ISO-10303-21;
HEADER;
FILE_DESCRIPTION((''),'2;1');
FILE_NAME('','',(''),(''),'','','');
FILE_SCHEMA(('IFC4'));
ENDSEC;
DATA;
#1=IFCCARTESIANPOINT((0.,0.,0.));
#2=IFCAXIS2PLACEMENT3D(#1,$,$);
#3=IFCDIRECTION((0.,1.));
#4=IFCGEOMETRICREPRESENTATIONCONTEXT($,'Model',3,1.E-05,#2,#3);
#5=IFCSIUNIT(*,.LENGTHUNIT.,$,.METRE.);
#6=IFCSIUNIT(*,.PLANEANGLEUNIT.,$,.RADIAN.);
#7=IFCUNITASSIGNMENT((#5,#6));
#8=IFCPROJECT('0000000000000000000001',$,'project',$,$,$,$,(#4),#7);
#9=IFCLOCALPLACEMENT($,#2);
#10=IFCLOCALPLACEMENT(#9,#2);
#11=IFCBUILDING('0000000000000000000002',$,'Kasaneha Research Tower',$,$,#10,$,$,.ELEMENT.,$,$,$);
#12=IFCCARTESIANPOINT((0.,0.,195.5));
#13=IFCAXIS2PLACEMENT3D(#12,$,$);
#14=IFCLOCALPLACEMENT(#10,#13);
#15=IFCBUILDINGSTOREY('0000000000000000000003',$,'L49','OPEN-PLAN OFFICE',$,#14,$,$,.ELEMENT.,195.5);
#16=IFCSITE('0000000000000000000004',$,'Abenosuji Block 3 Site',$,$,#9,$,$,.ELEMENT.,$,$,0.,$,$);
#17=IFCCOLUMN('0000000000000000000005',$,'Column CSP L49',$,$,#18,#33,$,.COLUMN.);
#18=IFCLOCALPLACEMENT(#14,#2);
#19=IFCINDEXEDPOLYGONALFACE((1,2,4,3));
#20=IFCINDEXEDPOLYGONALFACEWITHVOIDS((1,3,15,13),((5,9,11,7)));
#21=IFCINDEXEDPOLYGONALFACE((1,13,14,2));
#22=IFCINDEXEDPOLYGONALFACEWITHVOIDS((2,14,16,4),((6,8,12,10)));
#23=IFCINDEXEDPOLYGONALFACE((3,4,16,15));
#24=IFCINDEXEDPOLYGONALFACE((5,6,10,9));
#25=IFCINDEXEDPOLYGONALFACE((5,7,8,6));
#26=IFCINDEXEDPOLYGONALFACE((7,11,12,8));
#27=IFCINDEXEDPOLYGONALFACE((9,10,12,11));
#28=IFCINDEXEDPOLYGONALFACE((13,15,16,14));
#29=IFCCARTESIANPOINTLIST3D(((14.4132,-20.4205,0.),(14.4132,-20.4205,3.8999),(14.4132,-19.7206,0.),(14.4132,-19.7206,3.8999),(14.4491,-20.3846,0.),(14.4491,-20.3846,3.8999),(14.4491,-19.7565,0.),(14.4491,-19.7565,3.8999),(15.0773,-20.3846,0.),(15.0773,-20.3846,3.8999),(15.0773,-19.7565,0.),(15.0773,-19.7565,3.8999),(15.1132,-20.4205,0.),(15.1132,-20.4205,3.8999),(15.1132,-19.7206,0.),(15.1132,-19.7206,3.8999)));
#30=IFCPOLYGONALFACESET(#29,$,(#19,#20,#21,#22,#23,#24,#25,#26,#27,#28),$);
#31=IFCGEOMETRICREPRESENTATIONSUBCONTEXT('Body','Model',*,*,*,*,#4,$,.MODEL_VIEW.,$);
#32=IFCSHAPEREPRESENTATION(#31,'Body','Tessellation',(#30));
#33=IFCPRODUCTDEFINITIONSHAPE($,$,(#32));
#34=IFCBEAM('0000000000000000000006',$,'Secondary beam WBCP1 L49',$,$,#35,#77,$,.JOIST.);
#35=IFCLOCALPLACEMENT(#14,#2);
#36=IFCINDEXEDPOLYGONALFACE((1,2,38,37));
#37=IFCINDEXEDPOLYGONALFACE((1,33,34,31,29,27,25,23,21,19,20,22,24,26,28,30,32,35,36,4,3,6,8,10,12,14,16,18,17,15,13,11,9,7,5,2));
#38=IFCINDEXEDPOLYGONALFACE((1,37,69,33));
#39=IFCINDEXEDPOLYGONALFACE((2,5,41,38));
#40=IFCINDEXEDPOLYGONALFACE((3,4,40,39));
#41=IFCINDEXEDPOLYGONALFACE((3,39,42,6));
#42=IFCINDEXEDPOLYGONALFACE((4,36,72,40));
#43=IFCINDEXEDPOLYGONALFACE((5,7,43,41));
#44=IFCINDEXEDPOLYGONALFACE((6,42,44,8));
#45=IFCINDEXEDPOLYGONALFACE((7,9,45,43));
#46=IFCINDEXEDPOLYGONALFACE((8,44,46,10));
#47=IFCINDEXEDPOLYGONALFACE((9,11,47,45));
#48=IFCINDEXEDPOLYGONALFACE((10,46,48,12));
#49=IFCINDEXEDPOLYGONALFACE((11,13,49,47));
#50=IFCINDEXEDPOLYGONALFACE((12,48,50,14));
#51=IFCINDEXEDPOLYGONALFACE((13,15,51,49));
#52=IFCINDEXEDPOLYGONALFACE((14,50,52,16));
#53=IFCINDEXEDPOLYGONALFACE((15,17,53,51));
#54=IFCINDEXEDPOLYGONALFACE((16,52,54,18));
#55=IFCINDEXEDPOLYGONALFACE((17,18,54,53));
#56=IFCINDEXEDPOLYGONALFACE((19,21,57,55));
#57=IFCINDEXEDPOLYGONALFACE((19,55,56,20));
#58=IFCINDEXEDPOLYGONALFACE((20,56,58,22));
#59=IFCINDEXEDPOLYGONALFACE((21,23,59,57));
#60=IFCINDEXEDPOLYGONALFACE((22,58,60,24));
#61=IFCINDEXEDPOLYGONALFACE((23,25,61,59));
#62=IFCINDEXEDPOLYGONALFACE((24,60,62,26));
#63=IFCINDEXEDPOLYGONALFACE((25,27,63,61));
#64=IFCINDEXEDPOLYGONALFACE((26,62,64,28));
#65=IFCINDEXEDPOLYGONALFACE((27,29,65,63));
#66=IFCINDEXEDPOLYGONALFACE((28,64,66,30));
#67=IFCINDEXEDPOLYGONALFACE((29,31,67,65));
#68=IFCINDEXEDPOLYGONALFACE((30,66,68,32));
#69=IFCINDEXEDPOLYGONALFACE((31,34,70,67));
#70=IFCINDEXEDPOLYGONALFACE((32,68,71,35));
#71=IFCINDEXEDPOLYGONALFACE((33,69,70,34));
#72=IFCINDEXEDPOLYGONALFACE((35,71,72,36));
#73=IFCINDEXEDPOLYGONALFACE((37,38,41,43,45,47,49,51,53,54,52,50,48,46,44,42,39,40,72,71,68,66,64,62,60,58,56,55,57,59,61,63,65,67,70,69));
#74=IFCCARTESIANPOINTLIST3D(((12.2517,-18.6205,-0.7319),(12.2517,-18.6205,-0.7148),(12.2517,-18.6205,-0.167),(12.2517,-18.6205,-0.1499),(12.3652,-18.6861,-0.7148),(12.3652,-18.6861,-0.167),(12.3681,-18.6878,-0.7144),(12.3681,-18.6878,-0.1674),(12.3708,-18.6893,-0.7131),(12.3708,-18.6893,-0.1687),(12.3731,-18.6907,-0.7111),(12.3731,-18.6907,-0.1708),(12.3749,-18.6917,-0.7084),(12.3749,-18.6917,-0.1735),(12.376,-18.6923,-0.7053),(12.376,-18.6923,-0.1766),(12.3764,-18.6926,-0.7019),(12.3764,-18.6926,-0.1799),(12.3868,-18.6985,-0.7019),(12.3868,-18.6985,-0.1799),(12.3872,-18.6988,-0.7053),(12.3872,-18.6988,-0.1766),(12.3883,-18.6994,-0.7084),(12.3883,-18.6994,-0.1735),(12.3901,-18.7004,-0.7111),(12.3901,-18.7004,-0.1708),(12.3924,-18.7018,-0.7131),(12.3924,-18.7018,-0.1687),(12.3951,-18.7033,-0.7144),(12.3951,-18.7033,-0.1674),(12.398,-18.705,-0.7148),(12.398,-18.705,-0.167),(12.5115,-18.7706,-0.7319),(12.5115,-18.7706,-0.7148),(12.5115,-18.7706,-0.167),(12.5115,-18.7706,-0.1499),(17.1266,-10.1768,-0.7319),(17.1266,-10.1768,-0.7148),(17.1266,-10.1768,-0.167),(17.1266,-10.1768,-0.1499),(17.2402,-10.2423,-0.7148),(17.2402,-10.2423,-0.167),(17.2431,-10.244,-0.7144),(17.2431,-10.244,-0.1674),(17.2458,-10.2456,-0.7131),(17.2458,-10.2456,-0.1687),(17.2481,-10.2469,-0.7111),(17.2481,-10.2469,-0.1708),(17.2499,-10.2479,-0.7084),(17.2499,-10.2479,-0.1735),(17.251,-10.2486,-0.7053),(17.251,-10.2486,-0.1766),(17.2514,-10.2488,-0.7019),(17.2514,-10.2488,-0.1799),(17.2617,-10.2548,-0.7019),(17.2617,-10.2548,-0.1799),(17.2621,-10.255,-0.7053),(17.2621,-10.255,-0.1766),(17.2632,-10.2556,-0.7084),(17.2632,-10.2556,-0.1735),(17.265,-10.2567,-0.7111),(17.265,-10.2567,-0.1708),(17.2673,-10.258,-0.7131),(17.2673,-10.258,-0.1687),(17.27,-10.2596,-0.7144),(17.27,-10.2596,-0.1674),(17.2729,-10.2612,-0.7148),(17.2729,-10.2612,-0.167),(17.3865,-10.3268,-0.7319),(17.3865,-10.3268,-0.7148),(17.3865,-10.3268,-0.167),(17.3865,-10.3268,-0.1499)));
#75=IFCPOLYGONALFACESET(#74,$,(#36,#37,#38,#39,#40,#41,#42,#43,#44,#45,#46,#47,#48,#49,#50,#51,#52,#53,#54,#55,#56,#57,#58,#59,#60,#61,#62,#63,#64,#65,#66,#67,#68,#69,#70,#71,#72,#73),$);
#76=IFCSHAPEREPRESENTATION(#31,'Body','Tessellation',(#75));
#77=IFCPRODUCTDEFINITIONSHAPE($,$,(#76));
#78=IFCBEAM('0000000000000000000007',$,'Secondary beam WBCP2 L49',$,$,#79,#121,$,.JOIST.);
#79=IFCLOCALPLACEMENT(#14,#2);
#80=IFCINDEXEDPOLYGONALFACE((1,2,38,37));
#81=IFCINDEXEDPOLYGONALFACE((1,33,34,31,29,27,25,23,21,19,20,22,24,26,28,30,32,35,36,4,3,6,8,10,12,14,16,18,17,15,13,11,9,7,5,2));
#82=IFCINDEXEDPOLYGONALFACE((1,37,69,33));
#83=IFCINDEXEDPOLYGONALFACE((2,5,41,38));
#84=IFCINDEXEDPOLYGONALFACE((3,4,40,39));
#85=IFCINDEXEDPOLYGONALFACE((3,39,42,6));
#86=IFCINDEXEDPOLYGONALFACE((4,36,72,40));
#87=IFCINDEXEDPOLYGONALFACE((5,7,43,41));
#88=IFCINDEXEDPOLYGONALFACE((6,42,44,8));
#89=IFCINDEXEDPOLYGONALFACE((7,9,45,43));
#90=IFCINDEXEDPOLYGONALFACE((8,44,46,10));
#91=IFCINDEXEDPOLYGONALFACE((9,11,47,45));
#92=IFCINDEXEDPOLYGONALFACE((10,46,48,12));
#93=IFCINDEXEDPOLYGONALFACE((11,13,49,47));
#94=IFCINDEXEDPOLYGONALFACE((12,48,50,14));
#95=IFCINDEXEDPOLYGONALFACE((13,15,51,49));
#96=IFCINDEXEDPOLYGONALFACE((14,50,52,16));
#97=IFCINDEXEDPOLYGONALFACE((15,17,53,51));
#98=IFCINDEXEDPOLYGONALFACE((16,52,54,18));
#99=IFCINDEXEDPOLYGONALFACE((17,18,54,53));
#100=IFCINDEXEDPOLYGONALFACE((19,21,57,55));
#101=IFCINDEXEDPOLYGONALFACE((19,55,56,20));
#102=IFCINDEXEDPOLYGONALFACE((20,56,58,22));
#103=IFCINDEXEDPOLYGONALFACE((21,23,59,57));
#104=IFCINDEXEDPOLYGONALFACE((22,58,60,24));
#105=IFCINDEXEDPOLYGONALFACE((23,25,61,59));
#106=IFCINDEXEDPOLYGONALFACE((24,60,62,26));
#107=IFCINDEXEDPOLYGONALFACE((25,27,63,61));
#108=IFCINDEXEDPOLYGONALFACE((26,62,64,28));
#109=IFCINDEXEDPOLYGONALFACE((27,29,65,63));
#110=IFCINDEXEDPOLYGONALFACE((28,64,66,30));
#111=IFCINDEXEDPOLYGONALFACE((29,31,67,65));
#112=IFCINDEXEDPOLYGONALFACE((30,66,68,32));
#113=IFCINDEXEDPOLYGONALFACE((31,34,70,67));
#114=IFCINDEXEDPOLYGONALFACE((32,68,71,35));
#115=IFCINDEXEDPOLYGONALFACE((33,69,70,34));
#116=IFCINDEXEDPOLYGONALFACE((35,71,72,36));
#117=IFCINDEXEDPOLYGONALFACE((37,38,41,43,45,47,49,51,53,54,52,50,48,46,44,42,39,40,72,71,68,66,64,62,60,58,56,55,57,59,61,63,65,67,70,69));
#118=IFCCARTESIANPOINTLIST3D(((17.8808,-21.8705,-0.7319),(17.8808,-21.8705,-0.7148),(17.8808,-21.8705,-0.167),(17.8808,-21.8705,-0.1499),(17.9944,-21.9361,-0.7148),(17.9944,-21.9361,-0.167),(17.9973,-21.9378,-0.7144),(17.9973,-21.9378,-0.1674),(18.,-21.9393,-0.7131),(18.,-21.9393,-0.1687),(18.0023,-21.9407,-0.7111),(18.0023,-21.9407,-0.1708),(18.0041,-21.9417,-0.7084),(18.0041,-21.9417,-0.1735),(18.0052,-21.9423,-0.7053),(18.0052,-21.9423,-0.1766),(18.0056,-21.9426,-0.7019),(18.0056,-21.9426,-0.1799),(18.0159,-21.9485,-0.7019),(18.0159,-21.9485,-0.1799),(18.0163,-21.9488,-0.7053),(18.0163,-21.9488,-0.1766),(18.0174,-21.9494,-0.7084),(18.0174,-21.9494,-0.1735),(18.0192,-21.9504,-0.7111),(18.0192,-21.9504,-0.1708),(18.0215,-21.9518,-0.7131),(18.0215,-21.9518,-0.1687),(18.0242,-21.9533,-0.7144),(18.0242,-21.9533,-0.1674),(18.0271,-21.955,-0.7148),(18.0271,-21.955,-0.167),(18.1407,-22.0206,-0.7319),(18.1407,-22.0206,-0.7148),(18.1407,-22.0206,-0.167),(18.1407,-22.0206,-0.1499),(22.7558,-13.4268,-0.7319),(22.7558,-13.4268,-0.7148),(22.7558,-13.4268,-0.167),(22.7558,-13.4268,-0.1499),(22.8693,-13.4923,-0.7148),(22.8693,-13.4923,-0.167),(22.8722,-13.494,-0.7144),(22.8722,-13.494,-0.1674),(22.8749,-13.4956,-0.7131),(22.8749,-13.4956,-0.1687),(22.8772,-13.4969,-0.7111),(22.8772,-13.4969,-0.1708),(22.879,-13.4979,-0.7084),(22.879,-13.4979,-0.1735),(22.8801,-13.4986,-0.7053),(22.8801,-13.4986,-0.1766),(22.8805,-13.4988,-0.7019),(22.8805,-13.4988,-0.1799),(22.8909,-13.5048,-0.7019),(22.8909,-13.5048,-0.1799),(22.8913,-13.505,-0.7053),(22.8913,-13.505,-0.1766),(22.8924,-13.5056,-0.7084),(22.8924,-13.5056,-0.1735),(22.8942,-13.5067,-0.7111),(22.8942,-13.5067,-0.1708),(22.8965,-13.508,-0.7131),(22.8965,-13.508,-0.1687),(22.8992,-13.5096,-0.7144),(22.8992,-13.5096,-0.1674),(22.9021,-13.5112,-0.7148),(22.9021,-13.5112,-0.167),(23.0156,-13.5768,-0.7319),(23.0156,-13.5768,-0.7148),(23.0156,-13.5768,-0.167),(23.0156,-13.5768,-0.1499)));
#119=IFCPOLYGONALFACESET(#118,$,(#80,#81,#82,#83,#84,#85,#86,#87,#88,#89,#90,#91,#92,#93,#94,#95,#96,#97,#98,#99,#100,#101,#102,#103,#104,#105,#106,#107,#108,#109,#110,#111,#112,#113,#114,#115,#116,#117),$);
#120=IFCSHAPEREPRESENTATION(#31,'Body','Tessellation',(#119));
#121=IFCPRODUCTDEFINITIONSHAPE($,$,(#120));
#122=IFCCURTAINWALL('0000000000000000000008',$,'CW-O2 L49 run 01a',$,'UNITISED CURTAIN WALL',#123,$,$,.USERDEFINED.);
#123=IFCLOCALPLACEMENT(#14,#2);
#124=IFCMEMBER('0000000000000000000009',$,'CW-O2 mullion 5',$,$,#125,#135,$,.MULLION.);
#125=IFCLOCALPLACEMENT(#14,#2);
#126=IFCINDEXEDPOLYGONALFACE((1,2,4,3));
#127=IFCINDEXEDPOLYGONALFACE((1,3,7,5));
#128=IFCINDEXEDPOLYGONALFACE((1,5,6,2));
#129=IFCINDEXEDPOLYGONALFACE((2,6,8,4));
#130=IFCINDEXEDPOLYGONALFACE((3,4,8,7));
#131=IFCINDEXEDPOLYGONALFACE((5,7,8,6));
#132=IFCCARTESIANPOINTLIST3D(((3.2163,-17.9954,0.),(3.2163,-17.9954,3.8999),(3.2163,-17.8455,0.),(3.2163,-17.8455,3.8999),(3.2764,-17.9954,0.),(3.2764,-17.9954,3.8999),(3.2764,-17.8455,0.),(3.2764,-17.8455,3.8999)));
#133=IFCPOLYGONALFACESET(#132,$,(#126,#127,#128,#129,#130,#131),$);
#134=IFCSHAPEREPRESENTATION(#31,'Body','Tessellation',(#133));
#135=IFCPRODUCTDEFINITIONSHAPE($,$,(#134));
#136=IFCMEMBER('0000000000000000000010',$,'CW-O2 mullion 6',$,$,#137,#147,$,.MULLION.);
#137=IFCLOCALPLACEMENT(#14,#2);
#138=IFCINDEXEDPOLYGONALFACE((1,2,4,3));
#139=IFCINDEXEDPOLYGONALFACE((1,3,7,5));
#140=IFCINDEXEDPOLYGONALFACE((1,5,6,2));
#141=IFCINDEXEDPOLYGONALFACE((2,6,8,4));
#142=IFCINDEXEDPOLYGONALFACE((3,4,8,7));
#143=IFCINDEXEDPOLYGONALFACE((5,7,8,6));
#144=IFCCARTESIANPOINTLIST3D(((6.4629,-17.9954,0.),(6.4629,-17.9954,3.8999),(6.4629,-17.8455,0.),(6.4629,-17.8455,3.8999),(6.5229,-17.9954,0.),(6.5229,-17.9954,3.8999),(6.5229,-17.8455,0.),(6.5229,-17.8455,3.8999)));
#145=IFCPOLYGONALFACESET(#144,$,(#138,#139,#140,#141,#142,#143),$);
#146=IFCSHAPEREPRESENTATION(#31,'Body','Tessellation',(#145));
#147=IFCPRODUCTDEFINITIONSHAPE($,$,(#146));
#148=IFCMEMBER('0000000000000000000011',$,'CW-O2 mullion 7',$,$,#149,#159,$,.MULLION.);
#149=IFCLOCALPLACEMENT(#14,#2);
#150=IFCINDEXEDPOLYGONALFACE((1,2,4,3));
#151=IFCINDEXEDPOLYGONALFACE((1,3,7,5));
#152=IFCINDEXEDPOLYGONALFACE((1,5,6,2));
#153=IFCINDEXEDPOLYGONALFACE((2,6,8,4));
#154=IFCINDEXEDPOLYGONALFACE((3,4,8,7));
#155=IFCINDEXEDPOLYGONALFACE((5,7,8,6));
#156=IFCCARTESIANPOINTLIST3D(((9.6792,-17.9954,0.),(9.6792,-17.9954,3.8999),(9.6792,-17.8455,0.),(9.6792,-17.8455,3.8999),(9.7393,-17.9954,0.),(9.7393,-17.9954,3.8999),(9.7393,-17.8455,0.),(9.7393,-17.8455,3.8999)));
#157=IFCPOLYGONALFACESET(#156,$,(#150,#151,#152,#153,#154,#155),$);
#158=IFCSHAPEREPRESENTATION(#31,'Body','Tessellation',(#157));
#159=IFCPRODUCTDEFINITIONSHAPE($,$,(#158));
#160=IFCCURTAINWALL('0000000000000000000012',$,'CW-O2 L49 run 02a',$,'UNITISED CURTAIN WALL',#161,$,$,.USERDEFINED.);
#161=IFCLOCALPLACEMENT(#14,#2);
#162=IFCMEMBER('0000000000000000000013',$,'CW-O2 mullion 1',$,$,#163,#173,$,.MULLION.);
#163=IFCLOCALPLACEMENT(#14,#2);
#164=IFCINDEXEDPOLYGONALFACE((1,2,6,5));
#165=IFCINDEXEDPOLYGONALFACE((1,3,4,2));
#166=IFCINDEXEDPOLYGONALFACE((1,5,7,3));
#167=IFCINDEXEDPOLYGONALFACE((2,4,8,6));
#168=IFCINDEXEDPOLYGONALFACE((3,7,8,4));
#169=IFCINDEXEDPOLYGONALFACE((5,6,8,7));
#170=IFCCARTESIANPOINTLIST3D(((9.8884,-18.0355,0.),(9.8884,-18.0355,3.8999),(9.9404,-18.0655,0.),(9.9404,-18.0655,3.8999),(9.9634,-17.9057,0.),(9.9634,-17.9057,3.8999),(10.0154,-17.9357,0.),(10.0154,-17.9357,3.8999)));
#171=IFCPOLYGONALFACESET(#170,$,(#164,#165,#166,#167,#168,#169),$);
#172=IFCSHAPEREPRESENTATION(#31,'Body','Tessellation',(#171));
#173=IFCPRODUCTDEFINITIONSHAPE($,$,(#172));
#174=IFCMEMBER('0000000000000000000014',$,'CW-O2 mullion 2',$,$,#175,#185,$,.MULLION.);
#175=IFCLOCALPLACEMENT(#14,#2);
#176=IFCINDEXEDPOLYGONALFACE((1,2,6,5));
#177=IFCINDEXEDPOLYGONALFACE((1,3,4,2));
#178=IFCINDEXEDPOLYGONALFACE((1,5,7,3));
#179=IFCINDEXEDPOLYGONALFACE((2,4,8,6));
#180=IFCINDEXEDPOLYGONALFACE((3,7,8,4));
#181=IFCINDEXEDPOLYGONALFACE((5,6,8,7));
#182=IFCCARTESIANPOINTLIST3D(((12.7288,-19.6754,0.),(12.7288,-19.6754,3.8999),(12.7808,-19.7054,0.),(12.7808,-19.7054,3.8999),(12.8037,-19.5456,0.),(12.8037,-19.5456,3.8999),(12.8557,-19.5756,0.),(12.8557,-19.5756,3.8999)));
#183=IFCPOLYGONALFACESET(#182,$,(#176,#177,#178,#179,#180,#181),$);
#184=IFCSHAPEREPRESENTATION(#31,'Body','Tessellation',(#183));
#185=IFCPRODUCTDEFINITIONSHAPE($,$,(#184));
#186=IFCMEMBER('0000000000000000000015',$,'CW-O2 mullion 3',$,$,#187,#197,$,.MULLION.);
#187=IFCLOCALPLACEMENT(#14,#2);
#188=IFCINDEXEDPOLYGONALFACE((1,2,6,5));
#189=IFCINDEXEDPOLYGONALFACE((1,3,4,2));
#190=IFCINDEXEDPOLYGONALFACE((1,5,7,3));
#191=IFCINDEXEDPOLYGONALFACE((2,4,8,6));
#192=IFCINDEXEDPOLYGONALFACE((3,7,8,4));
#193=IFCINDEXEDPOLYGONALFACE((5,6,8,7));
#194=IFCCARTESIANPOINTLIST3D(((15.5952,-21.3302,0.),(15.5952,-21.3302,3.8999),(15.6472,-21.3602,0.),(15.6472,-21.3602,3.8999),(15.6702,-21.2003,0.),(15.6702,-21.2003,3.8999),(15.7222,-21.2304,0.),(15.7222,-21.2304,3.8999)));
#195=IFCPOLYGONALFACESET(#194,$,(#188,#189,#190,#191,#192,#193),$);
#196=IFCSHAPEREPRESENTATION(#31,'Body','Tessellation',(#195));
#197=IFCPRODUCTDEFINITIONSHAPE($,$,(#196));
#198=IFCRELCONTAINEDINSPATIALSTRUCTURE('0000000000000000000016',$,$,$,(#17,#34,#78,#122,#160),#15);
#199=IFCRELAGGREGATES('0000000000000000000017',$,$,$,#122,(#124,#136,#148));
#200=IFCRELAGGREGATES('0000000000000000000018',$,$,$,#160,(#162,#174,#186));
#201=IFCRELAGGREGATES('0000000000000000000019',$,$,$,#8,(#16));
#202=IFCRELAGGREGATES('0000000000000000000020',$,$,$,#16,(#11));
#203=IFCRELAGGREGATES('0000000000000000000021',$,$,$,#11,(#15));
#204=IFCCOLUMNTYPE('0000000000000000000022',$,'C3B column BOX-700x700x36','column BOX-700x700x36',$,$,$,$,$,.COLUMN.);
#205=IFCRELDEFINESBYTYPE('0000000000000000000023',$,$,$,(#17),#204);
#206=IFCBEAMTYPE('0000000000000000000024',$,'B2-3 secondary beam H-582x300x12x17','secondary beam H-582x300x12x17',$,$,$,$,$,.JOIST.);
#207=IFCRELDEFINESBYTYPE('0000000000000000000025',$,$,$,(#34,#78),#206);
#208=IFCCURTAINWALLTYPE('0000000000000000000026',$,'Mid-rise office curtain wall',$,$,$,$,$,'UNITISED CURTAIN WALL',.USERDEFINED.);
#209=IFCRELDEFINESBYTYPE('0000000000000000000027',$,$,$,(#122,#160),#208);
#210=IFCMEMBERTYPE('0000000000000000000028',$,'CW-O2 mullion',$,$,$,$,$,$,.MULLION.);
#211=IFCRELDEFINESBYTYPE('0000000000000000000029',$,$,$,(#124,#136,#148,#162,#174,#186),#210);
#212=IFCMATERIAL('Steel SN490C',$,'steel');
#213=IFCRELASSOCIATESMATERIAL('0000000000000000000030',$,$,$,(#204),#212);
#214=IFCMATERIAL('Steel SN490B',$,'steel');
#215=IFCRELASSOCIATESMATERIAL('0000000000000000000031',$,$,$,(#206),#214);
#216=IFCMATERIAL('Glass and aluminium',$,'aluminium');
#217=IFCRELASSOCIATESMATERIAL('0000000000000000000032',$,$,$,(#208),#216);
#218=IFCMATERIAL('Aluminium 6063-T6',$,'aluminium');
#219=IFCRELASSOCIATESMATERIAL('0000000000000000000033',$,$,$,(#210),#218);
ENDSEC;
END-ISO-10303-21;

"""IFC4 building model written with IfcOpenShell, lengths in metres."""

from ifc_helpers import new_model, si_unit, direction, frame, origin, origin_2d, place, context, subcontext, project, spatial, rectangle, hollow_rectangle, i_section, extrude, material, material_profile, profile_set, type_object, element, aggregate, save


model = new_model("IFC4")

# Units and contexts
model_context = context("Model", 3, precision=1e-05, world=origin(), true_north=direction((0.0, 1.0)))
body_context = subcontext(model_context, "Body", "Model", "MODEL_VIEW")
ifc_project = project(units=[si_unit("LENGTHUNIT", "METRE"), si_unit("PLANEANGLEUNIT", "RADIAN")], contexts=[model_context])

# Site, building, storey
site_placement = place(None, origin())
site = spatial("IfcSite", under=ifc_project, at=site_placement, Name="Abenosuji Block 3 Site", CompositionType="ELEMENT", RefElevation=0.0)
building_placement = place(site_placement, origin())
building = spatial("IfcBuilding", under=site, at=building_placement, Name="Kasaneha Research Tower", CompositionType="ELEMENT")
storey_placement = place(building_placement, frame((0.0, 0.0, 195.5)))
storey = spatial("IfcBuildingStorey", under=building, at=storey_placement, Name="L49", Description="OPEN-PLAN OFFICE", CompositionType="ELEMENT", Elevation=195.5)

# Column
ifc_material_1 = material(Name="Steel SN490C", Category="steel")
ifc_material_profile_1 = material_profile(ifc_material_1, hollow_rectangle(XDim=0.7, YDim=0.7, WallThickness=0.0359, at=origin_2d()), Name="BOX-700x700x36")
ifc_profile_set_1 = profile_set([ifc_material_profile_1], Name="Steel SN490C")
column_type = type_object("IfcColumnType", Name="C3B column BOX-700x700x36", Description="column BOX-700x700x36", PredefinedType="COLUMN", material=ifc_profile_set_1)
column_placement = place(storey_placement, frame((14.7632, -20.0706, 0.0), z_axis=(0.0, 0.0, 1.0), x_axis=(1.0, 0.0, 0.0)))
element("IfcColumn", 1, at=column_placement, inside=storey, type_object=column_type, Name="Column CSP L49", PredefinedType="COLUMN", context=body_context, shape_type="SweptSolid", body=[
    extrude(hollow_rectangle(XDim=0.7, YDim=0.7, WallThickness=0.0359, at=origin_2d()), origin(), (0.0, 0.0, 1.0), 3.8999),
])

# Beams
ifc_material_2 = material(Name="Steel SN490B", Category="steel")
ifc_material_profile_2 = material_profile(ifc_material_2, i_section(OverallWidth=0.3, OverallDepth=0.582, WebThickness=0.012, FlangeThickness=0.0171, FilletRadius=0.0129, at=origin_2d()), Name="H-582x300x12x17")
ifc_profile_set_2 = profile_set([ifc_material_profile_2], Name="Steel SN490B")
beam_type_1 = type_object("IfcBeamType", Name="B2-3 secondary beam H-582x300x12x17", Description="secondary beam H-582x300x12x17", PredefinedType="JOIST", material=ifc_profile_set_2)
for number, where, z_axis, x_axis, name in (
    (2, (12.3816, -18.6956, -0.4409), (0.499996, 0.866028, 0.0), (-0.866028, 0.499996, 0.0), "Secondary beam WBCP1 L49"),
    (3, (18.0107, -21.9456, -0.4409), (0.499996, 0.866028, 0.0), (-0.866028, 0.499996, 0.0), "Secondary beam WBCP2 L49"),
):
    element("IfcBeam", number, at=place(storey_placement, frame(where, z_axis=z_axis, x_axis=x_axis)), inside=storey, type_object=beam_type_1, Name=name, PredefinedType="JOIST", context=body_context, shape_type="SweptSolid", body=[
        extrude(i_section(OverallWidth=0.3, OverallDepth=0.582, WebThickness=0.012, FlangeThickness=0.0171, FilletRadius=0.0129, at=origin_2d()), origin(), (0.0, 0.0, 1.0), 9.75),
    ])

# Curtain walls, members
ifc_material_3 = material(Name="Glass and aluminium", Category="aluminium")
curtain_wall_type = type_object("IfcCurtainWallType", Name="Mid-rise office curtain wall", ElementType="UNITISED CURTAIN WALL", PredefinedType="USERDEFINED", material=ifc_material_3)
curtain_wall_1_placement = place(storey_placement, origin())
curtain_wall_1 = element("IfcCurtainWall", 4, at=curtain_wall_1_placement, inside=storey, type_object=curtain_wall_type, Name="CW-O2 L49 run 01a", ObjectType="UNITISED CURTAIN WALL", PredefinedType="USERDEFINED")
ifc_material_4 = material(Name="Aluminium 6063-T6", Category="aluminium")
ifc_material_profile_3 = material_profile(ifc_material_4, rectangle(XDim=0.0601, YDim=0.1499, at=origin_2d()), Name="CW-O2 mullion 60x150")
ifc_profile_set_3 = profile_set([ifc_material_profile_3], Name="Aluminium 6063-T6")
member_type_1 = type_object("IfcMemberType", Name="CW-O2 mullion", PredefinedType="MULLION", material=ifc_profile_set_3)
member_1_placement = place(storey_placement, frame((3.2463, -17.9204, 0.0), z_axis=(0.0, 0.0, 1.0), x_axis=(1.0, 0.0, 0.0)))
member_1 = element("IfcMember", 5, at=member_1_placement, type_object=member_type_1, Name="CW-O2 mullion 5", PredefinedType="MULLION", context=body_context, shape_type="SweptSolid", body=[
    extrude(rectangle(XDim=0.0601, YDim=0.1499, at=origin_2d()), origin(), (0.0, 0.0, 1.0), 3.8999),
])
member_2_placement = place(storey_placement, frame((6.4929, -17.9204, 0.0), z_axis=(0.0, 0.0, 1.0), x_axis=(1.0, 0.0, 0.0)))
member_2 = element("IfcMember", 6, at=member_2_placement, type_object=member_type_1, Name="CW-O2 mullion 6", PredefinedType="MULLION", context=body_context, shape_type="SweptSolid", body=[
    extrude(rectangle(XDim=0.0601, YDim=0.1499, at=origin_2d()), origin(), (0.0, 0.0, 1.0), 3.8999),
])
member_3_placement = place(storey_placement, frame((9.7092, -17.9204, 0.0), z_axis=(0.0, 0.0, 1.0), x_axis=(1.0, 0.0, 0.0)))
member_3 = element("IfcMember", 7, at=member_3_placement, type_object=member_type_1, Name="CW-O2 mullion 7", PredefinedType="MULLION", context=body_context, shape_type="SweptSolid", body=[
    extrude(rectangle(XDim=0.0601, YDim=0.1499, at=origin_2d()), origin(), (0.0, 0.0, 1.0), 3.8999),
])
curtain_wall_2_placement = place(storey_placement, origin())
curtain_wall_2 = element("IfcCurtainWall", 8, at=curtain_wall_2_placement, inside=storey, type_object=curtain_wall_type, Name="CW-O2 L49 run 02a", ObjectType="UNITISED CURTAIN WALL", PredefinedType="USERDEFINED")
member_4_placement = place(storey_placement, frame((9.9519, -17.9856, 0.0), z_axis=(0.0, 0.0, 1.0), x_axis=(0.866025, -0.5, 0.0)))
member_4 = element("IfcMember", 9, at=member_4_placement, type_object=member_type_1, Name="CW-O2 mullion 1", PredefinedType="MULLION", context=body_context, shape_type="SweptSolid", body=[
    extrude(rectangle(XDim=0.0601, YDim=0.1499, at=origin_2d()), origin(), (0.0, 0.0, 1.0), 3.8999),
])
member_5_placement = place(storey_placement, frame((12.7922, -19.6255, 0.0), z_axis=(0.0, 0.0, 1.0), x_axis=(0.866025, -0.5, 0.0)))
member_5 = element("IfcMember", 10, at=member_5_placement, type_object=member_type_1, Name="CW-O2 mullion 2", PredefinedType="MULLION", context=body_context, shape_type="SweptSolid", body=[
    extrude(rectangle(XDim=0.0601, YDim=0.1499, at=origin_2d()), origin(), (0.0, 0.0, 1.0), 3.8999),
])
member_6_placement = place(storey_placement, frame((15.6587, -21.2803, 0.0), z_axis=(0.0, 0.0, 1.0), x_axis=(0.866025, -0.5, 0.0)))
member_6 = element("IfcMember", 11, at=member_6_placement, type_object=member_type_1, Name="CW-O2 mullion 3", PredefinedType="MULLION", context=body_context, shape_type="SweptSolid", body=[
    extrude(rectangle(XDim=0.0601, YDim=0.1499, at=origin_2d()), origin(), (0.0, 0.0, 1.0), 3.8999),
])

aggregate(curtain_wall_1, [member_1, member_2, member_3])
aggregate(curtain_wall_2, [member_4, member_5, member_6])

save(model, "model.ifc")
